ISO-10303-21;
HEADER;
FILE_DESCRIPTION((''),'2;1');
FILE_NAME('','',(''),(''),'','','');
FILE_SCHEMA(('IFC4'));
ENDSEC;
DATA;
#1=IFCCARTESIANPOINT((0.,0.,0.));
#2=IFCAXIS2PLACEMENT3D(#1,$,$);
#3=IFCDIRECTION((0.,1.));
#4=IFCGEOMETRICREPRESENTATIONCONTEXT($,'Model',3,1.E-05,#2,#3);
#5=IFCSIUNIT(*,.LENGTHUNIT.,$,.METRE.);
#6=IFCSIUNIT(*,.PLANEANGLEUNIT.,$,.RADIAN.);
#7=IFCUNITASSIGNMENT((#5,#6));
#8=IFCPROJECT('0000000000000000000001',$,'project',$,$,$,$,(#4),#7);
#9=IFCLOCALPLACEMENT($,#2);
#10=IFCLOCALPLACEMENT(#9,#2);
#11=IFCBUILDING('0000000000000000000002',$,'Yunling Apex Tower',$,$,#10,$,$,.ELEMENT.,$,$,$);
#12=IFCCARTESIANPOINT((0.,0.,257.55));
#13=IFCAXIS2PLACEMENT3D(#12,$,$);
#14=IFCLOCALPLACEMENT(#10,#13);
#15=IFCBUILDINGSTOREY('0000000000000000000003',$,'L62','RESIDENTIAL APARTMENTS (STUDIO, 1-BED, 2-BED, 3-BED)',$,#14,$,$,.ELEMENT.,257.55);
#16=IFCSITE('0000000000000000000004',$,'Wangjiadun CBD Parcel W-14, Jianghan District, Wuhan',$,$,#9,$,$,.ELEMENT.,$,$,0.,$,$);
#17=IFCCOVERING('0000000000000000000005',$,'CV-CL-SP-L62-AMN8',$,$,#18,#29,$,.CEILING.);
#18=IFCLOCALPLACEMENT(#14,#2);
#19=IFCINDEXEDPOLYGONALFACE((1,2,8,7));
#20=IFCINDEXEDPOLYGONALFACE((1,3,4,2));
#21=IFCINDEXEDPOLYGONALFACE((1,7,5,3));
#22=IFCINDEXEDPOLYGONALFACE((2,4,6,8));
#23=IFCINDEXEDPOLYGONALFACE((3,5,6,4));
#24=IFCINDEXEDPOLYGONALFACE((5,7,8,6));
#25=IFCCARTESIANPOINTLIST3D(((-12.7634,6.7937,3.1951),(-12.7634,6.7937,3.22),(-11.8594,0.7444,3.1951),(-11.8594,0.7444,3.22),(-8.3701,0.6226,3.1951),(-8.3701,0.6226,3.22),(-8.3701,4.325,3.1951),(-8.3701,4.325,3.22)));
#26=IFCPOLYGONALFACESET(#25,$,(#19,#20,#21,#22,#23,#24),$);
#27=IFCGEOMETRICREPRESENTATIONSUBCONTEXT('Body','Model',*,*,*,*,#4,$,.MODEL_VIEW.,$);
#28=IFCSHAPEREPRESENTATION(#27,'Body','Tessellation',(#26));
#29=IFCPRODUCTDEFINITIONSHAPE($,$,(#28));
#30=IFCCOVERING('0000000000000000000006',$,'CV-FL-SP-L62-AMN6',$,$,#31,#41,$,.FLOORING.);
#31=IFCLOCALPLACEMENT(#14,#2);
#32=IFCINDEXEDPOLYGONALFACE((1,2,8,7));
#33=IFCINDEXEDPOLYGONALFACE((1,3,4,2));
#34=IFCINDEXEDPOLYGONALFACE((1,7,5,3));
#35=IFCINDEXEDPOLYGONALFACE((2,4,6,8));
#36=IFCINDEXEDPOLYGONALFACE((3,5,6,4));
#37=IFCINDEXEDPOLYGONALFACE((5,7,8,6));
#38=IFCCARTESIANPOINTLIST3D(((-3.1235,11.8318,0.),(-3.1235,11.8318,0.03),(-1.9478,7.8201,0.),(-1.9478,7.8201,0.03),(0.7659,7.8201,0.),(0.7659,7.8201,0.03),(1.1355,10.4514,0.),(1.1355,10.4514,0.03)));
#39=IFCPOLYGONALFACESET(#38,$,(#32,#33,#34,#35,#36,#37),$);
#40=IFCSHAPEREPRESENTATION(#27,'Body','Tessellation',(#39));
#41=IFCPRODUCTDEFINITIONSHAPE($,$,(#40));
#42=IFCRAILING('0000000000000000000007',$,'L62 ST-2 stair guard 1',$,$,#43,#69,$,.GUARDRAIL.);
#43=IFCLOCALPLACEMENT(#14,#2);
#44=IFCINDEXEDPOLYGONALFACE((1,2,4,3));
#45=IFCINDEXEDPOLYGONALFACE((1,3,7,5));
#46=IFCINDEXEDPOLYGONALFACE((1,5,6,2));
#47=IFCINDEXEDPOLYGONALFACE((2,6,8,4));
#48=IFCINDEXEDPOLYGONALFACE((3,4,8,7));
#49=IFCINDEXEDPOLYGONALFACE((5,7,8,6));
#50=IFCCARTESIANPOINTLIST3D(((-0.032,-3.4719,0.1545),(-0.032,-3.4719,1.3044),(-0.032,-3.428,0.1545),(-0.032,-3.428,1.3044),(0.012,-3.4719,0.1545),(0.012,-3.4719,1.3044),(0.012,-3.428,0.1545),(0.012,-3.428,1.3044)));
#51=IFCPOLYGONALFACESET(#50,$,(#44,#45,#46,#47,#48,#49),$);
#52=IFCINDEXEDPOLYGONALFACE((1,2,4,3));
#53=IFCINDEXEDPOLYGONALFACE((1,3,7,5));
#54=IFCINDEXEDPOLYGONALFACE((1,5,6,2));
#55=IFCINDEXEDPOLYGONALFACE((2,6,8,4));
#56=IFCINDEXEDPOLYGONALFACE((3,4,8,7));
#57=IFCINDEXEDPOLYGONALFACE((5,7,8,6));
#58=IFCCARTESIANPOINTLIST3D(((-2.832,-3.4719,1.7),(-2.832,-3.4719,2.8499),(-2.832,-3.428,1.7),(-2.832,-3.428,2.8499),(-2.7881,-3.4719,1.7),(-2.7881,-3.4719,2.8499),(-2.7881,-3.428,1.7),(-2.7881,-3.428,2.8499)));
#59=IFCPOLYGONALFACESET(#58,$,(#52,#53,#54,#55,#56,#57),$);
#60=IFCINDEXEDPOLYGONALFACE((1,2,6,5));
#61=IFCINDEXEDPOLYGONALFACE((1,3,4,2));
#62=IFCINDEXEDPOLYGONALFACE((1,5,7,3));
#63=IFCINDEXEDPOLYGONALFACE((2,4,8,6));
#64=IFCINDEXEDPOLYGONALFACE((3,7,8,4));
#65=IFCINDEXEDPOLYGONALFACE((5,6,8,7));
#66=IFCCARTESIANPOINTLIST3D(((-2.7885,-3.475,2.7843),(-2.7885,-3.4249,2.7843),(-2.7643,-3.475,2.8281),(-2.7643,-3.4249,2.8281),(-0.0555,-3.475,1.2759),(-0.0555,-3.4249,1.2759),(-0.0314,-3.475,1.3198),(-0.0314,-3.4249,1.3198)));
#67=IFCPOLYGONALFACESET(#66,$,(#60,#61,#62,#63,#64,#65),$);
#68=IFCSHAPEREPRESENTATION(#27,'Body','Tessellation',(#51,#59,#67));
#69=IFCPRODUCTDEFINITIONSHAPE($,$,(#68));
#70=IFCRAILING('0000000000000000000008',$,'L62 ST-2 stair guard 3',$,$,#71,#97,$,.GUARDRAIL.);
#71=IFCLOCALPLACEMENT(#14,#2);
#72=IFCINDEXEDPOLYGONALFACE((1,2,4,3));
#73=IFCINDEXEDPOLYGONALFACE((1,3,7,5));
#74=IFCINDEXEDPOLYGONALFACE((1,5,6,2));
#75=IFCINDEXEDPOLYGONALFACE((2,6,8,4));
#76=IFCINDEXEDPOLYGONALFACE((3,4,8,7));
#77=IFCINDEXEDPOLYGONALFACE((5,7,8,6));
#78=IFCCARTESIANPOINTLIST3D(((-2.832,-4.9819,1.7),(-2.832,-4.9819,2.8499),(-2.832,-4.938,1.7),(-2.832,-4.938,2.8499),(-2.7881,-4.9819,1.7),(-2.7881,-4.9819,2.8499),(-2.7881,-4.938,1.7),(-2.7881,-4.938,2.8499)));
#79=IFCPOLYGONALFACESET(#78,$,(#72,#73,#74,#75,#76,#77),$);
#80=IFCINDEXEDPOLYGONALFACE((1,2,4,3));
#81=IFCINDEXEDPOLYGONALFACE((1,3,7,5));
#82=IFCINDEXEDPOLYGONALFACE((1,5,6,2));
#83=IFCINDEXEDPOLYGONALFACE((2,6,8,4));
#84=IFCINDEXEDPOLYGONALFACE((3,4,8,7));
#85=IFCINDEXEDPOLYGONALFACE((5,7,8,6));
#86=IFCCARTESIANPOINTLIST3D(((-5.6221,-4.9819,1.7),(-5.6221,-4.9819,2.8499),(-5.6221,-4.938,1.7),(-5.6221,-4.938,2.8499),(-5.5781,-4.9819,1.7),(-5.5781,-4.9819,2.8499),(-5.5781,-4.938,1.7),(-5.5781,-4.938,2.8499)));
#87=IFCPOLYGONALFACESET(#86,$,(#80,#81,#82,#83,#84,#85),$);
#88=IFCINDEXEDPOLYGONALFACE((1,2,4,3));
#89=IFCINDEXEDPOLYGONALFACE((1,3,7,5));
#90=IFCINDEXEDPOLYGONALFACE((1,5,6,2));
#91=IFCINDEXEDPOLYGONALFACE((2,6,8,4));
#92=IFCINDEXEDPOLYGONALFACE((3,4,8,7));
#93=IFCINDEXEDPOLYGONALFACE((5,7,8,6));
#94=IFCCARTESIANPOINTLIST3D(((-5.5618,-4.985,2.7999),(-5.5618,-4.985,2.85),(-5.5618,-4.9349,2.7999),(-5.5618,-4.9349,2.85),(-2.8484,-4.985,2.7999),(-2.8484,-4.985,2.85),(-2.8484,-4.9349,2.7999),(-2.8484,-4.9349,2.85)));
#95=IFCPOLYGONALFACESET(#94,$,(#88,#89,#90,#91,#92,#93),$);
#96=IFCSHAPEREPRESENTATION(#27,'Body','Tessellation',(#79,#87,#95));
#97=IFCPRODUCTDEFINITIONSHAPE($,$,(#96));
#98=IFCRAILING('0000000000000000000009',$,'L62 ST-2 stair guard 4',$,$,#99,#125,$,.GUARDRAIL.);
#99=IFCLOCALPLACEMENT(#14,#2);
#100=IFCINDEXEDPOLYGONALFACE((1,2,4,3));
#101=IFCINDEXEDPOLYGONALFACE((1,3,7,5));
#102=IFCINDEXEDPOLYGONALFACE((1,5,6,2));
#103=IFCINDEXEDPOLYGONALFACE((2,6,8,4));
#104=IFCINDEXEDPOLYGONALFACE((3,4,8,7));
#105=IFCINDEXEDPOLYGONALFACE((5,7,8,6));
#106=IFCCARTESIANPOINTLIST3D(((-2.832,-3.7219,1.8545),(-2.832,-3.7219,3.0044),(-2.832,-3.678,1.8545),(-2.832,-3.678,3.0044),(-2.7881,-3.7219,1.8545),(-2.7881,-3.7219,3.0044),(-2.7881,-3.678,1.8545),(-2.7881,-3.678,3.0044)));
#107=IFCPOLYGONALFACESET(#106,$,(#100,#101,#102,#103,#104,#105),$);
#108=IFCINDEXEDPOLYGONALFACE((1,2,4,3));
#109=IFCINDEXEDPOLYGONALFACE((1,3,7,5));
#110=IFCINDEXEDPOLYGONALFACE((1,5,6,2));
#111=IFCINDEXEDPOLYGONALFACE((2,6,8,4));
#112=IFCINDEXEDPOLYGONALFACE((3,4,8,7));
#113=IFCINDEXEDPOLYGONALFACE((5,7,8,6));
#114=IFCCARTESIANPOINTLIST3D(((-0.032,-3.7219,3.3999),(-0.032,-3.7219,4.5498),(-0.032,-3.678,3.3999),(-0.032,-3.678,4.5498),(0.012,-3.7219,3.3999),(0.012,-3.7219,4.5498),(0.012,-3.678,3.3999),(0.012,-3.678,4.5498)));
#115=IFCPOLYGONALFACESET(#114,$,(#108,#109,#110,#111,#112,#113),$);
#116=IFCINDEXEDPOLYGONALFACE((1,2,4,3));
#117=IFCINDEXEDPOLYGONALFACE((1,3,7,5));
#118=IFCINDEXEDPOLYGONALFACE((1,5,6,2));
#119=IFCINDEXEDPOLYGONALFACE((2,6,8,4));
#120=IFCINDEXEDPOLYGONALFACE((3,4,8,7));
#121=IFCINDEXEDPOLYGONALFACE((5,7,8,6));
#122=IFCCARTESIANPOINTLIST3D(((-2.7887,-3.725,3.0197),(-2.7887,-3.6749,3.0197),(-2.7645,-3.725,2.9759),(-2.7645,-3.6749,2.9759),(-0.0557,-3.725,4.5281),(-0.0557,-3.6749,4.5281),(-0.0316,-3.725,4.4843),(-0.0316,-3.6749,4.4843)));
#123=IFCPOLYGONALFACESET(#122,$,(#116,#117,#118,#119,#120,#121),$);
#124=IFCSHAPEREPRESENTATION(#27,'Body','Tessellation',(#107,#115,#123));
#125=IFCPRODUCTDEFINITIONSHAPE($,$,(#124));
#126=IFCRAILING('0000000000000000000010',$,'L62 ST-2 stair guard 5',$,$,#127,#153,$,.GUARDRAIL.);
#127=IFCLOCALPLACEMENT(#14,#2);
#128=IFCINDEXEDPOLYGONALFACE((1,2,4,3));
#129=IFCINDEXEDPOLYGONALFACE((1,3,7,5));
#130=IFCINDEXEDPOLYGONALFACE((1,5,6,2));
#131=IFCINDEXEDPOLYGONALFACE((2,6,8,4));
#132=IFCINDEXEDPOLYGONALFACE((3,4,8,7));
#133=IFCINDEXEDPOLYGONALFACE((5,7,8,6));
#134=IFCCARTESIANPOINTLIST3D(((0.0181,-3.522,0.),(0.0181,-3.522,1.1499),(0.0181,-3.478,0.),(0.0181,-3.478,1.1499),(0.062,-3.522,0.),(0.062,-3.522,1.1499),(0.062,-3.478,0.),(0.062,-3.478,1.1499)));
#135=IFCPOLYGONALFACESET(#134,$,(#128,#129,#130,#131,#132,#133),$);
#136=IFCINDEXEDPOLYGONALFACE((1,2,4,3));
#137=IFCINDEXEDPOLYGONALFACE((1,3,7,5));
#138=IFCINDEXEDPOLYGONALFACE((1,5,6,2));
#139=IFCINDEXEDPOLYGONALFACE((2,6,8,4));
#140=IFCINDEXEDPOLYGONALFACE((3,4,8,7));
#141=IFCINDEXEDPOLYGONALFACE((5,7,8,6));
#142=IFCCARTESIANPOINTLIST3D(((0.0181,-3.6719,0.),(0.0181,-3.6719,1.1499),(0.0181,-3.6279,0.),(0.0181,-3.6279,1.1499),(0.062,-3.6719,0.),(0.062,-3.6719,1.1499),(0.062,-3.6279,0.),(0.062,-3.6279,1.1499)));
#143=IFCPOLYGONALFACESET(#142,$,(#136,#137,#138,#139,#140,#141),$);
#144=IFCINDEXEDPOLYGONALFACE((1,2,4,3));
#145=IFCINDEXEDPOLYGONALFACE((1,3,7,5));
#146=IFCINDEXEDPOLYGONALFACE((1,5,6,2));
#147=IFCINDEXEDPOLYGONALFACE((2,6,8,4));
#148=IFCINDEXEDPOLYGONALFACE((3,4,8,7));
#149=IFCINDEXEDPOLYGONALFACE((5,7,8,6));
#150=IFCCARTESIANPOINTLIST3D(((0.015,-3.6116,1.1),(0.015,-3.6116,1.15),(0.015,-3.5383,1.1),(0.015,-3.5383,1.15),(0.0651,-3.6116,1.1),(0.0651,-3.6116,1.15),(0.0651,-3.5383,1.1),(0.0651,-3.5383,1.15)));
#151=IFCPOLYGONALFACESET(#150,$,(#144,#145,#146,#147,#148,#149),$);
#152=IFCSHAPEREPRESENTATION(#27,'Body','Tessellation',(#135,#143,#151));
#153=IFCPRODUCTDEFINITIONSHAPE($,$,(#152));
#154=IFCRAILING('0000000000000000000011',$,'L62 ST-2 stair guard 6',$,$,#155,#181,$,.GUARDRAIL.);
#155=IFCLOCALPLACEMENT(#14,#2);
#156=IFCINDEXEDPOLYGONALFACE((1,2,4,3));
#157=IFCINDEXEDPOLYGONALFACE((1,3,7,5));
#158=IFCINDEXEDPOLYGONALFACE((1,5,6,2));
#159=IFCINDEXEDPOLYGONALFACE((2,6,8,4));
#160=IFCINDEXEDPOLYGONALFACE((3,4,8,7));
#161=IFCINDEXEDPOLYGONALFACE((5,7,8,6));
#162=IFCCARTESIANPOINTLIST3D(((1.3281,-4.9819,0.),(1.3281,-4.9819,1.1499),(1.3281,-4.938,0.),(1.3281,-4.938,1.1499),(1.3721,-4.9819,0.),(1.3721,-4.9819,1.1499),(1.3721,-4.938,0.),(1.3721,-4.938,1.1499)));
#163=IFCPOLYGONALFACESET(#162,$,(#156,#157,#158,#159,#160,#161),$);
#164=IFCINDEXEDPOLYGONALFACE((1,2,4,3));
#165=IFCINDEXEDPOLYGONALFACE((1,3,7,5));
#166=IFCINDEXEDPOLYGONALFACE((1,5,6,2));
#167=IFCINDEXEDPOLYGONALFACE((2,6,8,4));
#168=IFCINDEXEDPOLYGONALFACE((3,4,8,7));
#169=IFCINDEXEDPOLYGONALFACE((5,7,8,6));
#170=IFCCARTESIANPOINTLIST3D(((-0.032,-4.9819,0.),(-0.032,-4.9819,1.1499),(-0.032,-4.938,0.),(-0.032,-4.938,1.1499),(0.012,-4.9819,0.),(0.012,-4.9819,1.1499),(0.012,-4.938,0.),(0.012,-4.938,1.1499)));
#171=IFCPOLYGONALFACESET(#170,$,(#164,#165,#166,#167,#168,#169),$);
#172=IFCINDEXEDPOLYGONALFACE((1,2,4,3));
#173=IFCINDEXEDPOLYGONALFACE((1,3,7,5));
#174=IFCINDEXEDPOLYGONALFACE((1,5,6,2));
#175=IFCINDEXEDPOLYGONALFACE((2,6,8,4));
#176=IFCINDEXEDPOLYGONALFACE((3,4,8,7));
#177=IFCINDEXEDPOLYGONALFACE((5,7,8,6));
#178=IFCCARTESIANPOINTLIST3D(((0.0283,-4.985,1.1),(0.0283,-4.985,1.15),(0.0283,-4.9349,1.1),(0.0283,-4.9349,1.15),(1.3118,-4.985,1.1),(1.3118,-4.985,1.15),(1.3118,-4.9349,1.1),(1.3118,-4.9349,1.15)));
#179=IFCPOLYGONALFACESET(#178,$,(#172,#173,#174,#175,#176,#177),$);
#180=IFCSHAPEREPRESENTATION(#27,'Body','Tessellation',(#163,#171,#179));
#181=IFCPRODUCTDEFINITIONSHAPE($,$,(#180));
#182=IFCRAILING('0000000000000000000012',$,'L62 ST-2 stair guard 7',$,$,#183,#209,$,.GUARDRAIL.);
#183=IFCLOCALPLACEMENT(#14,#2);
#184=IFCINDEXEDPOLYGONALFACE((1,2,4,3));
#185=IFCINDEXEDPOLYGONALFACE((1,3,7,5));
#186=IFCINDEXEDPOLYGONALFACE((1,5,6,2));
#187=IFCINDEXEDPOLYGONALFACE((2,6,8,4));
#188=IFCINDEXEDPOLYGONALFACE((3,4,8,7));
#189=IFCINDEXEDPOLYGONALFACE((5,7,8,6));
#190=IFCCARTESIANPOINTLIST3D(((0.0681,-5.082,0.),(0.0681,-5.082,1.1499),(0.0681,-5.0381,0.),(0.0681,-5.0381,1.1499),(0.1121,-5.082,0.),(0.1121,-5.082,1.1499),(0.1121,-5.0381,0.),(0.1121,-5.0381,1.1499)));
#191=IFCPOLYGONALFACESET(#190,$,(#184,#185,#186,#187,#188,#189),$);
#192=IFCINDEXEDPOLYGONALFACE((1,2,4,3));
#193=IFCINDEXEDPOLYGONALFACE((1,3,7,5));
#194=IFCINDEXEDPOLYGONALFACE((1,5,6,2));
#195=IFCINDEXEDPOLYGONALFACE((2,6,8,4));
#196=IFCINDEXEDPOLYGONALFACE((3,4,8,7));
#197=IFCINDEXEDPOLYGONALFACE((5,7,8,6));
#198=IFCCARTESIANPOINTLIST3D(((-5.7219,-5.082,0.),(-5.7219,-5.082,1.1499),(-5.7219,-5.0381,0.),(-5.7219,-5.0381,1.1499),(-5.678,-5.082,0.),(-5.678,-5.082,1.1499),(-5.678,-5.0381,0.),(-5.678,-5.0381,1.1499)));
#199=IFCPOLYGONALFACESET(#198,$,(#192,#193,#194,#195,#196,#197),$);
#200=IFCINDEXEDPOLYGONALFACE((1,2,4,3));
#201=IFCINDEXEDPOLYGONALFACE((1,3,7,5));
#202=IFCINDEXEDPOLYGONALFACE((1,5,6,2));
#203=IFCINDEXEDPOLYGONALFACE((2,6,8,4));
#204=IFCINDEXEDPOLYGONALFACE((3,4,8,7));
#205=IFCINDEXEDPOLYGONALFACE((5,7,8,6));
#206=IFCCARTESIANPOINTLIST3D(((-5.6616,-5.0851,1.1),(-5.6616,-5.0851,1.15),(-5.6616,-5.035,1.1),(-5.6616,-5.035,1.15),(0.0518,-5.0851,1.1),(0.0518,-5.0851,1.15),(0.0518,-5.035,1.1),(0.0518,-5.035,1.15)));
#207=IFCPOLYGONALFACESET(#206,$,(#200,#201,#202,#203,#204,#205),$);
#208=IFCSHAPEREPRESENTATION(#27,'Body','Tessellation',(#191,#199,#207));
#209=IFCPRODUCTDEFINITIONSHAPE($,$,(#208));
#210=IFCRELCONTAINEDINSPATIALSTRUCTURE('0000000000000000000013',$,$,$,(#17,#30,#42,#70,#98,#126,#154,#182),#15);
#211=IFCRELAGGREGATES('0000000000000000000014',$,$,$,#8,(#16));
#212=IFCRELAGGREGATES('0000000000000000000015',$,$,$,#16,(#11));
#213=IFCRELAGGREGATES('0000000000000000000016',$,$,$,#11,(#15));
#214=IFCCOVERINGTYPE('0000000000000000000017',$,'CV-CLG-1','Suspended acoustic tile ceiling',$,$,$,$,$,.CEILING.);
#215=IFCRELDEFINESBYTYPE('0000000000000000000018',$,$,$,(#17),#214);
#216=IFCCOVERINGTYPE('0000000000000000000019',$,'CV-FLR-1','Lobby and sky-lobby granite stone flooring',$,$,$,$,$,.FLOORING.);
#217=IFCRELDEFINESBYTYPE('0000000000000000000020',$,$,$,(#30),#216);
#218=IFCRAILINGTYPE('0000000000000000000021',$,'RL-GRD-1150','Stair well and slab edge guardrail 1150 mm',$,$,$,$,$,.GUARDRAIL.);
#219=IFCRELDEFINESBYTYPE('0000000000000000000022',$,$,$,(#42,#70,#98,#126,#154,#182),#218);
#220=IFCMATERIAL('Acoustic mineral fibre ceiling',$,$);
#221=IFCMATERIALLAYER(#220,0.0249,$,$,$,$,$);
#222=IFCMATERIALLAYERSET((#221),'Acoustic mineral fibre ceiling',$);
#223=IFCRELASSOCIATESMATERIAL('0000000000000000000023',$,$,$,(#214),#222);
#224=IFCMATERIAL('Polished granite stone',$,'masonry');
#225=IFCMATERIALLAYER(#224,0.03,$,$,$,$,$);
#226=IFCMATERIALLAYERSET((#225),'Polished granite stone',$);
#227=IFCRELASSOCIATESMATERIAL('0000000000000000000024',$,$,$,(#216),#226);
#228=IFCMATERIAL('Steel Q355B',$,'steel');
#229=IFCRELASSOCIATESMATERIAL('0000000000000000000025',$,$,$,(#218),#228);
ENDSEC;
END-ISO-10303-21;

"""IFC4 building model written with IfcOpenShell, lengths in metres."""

from ifc_helpers import new_model, si_unit, direction, frame, origin, origin_2d, place, context, subcontext, project, spatial, polyline, rectangle, outline, extrude, material, layer, layer_set, type_object, element, save


model = new_model("IFC4")

# Units and contexts
model_context = context("Model", 3, precision=1e-05, world=origin(), true_north=direction((0.0, 1.0)))
body_context = subcontext(model_context, "Body", "Model", "MODEL_VIEW")
ifc_project = project(units=[si_unit("LENGTHUNIT", "METRE"), si_unit("PLANEANGLEUNIT", "RADIAN")], contexts=[model_context])

# Site, building, storey
site_placement = place(None, origin())
site = spatial("IfcSite", under=ifc_project, at=site_placement, Name="Wangjiadun CBD Parcel W-14, Jianghan District, Wuhan", CompositionType="ELEMENT", RefElevation=0.0)
building_placement = place(site_placement, origin())
building = spatial("IfcBuilding", under=site, at=building_placement, Name="Yunling Apex Tower", CompositionType="ELEMENT")
storey_placement = place(building_placement, frame((0.0, 0.0, 257.55)))
storey = spatial("IfcBuildingStorey", under=building, at=storey_placement, Name="L62", Description="RESIDENTIAL APARTMENTS (STUDIO, 1-BED, 2-BED, 3-BED)", CompositionType="ELEMENT", Elevation=257.55)

# Shared definitions
ifc_material_1 = material(Name="Steel Q355B", Category="steel")

# Coverings
ifc_material_2 = material(Name="Acoustic mineral fibre ceiling")
ifc_layer_1 = layer(ifc_material_2, 0.0249)
ifc_layer_set_1 = layer_set([ifc_layer_1], Name="Acoustic mineral fibre ceiling")
covering_type_1 = type_object("IfcCoveringType", Name="CV-CLG-1", Description="Suspended acoustic tile ceiling", PredefinedType="CEILING", material=ifc_layer_set_1)
covering_1_placement = place(storey_placement, frame((0.0, 0.0, 3.1951)))
element("IfcCovering", 1, at=covering_1_placement, inside=storey, type_object=covering_type_1, Name="CV-CL-SP-L62-AMN8", PredefinedType="CEILING", context=body_context, shape_type="SweptSolid", body=[
    extrude(outline(polyline([(-11.8594, 0.7444), (-12.7634, 6.7937), (-8.3701, 4.325), (-8.3701, 0.6226), (-11.8594, 0.7444)])), origin(), (0.0, 0.0, 1.0), 0.0249),
])
ifc_material_3 = material(Name="Polished granite stone", Category="masonry")
ifc_layer_2 = layer(ifc_material_3, 0.03)
ifc_layer_set_2 = layer_set([ifc_layer_2], Name="Polished granite stone")
covering_type_2 = type_object("IfcCoveringType", Name="CV-FLR-1", Description="Lobby and sky-lobby granite stone flooring", PredefinedType="FLOORING", material=ifc_layer_set_2)
covering_2_placement = place(storey_placement, origin())
element("IfcCovering", 2, at=covering_2_placement, inside=storey, type_object=covering_type_2, Name="CV-FL-SP-L62-AMN6", PredefinedType="FLOORING", context=body_context, shape_type="SweptSolid", body=[
    extrude(outline(polyline([(-3.1235, 11.8318), (1.1355, 10.4514), (0.7659, 7.8201), (-1.9478, 7.8201), (-3.1235, 11.8318)])), origin(), (0.0, 0.0, 1.0), 0.03),
])

# Railings
railing_type_1 = type_object("IfcRailingType", Name="RL-GRD-1150", Description="Stair well and slab edge guardrail 1150 mm", PredefinedType="GUARDRAIL", material=ifc_material_1)
railing_1_placement = place(storey_placement, frame((-0.01, -3.45, 0.1545)))
element("IfcRailing", 3, at=railing_1_placement, inside=storey, type_object=railing_type_1, Name="L62 ST-2 stair guard 1", PredefinedType="GUARDRAIL", context=body_context, shape_type="SweptSolid", body=[
    extrude(rectangle(XDim=0.0439, YDim=0.0439, at=origin_2d()), origin(), (0.0, 0.0, 1.0), 1.1499),
    extrude(rectangle(XDim=0.0439, YDim=0.0439, at=origin_2d()), frame((-2.8, 0.0, 1.5454)), (0.0, 0.0, 1.0), 1.1499),
    extrude(rectangle(XDim=0.05, YDim=0.05, at=origin_2d()), frame((-0.0334, 0.0, 1.1433), z_axis=(-0.875504, 0.0, 0.483211), x_axis=(0.0, -1.0, 0.0)), (0.0, 0.0, 1.0), 3.1216),
])
railing_2_placement = place(storey_placement, frame((-2.8101, -4.96, 1.7)))
element("IfcRailing", 4, at=railing_2_placement, inside=storey, type_object=railing_type_1, Name="L62 ST-2 stair guard 3", PredefinedType="GUARDRAIL", context=body_context, shape_type="SweptSolid", body=[
    extrude(rectangle(XDim=0.0439, YDim=0.0439, at=origin_2d()), origin(), (0.0, 0.0, 1.0), 1.1499),
    extrude(rectangle(XDim=0.0439, YDim=0.0439, at=origin_2d()), frame((-2.79, 0.0, 0.0)), (0.0, 0.0, 1.0), 1.1499),
    extrude(rectangle(XDim=0.05, YDim=0.05, at=origin_2d()), frame((-0.0383, 0.0, 1.125), z_axis=(-1.0, 0.0, 0.0), x_axis=(0.0, -1.0, 0.0)), (0.0, 0.0, 1.0), 2.7134),
])
railing_3_placement = place(storey_placement, frame((-2.8101, -3.7, 1.8545)))
element("IfcRailing", 5, at=railing_3_placement, inside=storey, type_object=railing_type_1, Name="L62 ST-2 stair guard 4", PredefinedType="GUARDRAIL", context=body_context, shape_type="SweptSolid", body=[
    extrude(rectangle(XDim=0.0439, YDim=0.0439, at=origin_2d()), origin(), (0.0, 0.0, 1.0), 1.1499),
    extrude(rectangle(XDim=0.0439, YDim=0.0439, at=origin_2d()), frame((2.8, 0.0, 1.5454)), (0.0, 0.0, 1.0), 1.1499),
    extrude(rectangle(XDim=0.05, YDim=0.05, at=origin_2d()), frame((0.0334, 0.0, 1.1433), z_axis=(0.875504, 0.0, 0.483211), x_axis=(0.0, 1.0, 0.0)), (0.0, 0.0, 1.0), 3.1216),
])
railing_4_placement = place(storey_placement, frame((0.04, -3.5, 0.0)))
element("IfcRailing", 6, at=railing_4_placement, inside=storey, type_object=railing_type_1, Name="L62 ST-2 stair guard 5", PredefinedType="GUARDRAIL", context=body_context, shape_type="SweptSolid", body=[
    extrude(rectangle(XDim=0.0439, YDim=0.0439, at=origin_2d()), origin(), (0.0, 0.0, 1.0), 1.1499),
    extrude(rectangle(XDim=0.0439, YDim=0.0439, at=origin_2d()), frame((0.0, -0.1499, 0.0)), (0.0, 0.0, 1.0), 1.1499),
    extrude(rectangle(XDim=0.05, YDim=0.05, at=origin_2d()), frame((0.0, -0.0383, 1.125), z_axis=(0.0, -1.0, 0.0), x_axis=(1.0, 0.0, 0.0)), (0.0, 0.0, 1.0), 0.0732),
])
railing_5_placement = place(storey_placement, frame((1.3501, -4.96, 0.0)))
element("IfcRailing", 7, at=railing_5_placement, inside=storey, type_object=railing_type_1, Name="L62 ST-2 stair guard 6", PredefinedType="GUARDRAIL", context=body_context, shape_type="SweptSolid", body=[
    extrude(rectangle(XDim=0.0439, YDim=0.0439, at=origin_2d()), origin(), (0.0, 0.0, 1.0), 1.1499),
    extrude(rectangle(XDim=0.0439, YDim=0.0439, at=origin_2d()), frame((-1.3601, 0.0, 0.0)), (0.0, 0.0, 1.0), 1.1499),
    extrude(rectangle(XDim=0.05, YDim=0.05, at=origin_2d()), frame((-0.0383, 0.0, 1.125), z_axis=(-1.0, 0.0, 0.0), x_axis=(0.0, -1.0, 0.0)), (0.0, 0.0, 1.0), 1.2834),
])
railing_6_placement = place(storey_placement, frame((0.0901, -5.0601, 0.0)))
element("IfcRailing", 8, at=railing_6_placement, inside=storey, type_object=railing_type_1, Name="L62 ST-2 stair guard 7", PredefinedType="GUARDRAIL", context=body_context, shape_type="SweptSolid", body=[
    extrude(rectangle(XDim=0.0439, YDim=0.0439, at=origin_2d()), origin(), (0.0, 0.0, 1.0), 1.1499),
    extrude(rectangle(XDim=0.0439, YDim=0.0439, at=origin_2d()), frame((-5.79, 0.0, 0.0)), (0.0, 0.0, 1.0), 1.1499),
    extrude(rectangle(XDim=0.05, YDim=0.05, at=origin_2d()), frame((-0.0383, 0.0, 1.125), z_axis=(-1.0, 0.0, 0.0), x_axis=(0.0, -1.0, 0.0)), (0.0, 0.0, 1.0), 5.7134),
])

save(model, "model.ifc")
